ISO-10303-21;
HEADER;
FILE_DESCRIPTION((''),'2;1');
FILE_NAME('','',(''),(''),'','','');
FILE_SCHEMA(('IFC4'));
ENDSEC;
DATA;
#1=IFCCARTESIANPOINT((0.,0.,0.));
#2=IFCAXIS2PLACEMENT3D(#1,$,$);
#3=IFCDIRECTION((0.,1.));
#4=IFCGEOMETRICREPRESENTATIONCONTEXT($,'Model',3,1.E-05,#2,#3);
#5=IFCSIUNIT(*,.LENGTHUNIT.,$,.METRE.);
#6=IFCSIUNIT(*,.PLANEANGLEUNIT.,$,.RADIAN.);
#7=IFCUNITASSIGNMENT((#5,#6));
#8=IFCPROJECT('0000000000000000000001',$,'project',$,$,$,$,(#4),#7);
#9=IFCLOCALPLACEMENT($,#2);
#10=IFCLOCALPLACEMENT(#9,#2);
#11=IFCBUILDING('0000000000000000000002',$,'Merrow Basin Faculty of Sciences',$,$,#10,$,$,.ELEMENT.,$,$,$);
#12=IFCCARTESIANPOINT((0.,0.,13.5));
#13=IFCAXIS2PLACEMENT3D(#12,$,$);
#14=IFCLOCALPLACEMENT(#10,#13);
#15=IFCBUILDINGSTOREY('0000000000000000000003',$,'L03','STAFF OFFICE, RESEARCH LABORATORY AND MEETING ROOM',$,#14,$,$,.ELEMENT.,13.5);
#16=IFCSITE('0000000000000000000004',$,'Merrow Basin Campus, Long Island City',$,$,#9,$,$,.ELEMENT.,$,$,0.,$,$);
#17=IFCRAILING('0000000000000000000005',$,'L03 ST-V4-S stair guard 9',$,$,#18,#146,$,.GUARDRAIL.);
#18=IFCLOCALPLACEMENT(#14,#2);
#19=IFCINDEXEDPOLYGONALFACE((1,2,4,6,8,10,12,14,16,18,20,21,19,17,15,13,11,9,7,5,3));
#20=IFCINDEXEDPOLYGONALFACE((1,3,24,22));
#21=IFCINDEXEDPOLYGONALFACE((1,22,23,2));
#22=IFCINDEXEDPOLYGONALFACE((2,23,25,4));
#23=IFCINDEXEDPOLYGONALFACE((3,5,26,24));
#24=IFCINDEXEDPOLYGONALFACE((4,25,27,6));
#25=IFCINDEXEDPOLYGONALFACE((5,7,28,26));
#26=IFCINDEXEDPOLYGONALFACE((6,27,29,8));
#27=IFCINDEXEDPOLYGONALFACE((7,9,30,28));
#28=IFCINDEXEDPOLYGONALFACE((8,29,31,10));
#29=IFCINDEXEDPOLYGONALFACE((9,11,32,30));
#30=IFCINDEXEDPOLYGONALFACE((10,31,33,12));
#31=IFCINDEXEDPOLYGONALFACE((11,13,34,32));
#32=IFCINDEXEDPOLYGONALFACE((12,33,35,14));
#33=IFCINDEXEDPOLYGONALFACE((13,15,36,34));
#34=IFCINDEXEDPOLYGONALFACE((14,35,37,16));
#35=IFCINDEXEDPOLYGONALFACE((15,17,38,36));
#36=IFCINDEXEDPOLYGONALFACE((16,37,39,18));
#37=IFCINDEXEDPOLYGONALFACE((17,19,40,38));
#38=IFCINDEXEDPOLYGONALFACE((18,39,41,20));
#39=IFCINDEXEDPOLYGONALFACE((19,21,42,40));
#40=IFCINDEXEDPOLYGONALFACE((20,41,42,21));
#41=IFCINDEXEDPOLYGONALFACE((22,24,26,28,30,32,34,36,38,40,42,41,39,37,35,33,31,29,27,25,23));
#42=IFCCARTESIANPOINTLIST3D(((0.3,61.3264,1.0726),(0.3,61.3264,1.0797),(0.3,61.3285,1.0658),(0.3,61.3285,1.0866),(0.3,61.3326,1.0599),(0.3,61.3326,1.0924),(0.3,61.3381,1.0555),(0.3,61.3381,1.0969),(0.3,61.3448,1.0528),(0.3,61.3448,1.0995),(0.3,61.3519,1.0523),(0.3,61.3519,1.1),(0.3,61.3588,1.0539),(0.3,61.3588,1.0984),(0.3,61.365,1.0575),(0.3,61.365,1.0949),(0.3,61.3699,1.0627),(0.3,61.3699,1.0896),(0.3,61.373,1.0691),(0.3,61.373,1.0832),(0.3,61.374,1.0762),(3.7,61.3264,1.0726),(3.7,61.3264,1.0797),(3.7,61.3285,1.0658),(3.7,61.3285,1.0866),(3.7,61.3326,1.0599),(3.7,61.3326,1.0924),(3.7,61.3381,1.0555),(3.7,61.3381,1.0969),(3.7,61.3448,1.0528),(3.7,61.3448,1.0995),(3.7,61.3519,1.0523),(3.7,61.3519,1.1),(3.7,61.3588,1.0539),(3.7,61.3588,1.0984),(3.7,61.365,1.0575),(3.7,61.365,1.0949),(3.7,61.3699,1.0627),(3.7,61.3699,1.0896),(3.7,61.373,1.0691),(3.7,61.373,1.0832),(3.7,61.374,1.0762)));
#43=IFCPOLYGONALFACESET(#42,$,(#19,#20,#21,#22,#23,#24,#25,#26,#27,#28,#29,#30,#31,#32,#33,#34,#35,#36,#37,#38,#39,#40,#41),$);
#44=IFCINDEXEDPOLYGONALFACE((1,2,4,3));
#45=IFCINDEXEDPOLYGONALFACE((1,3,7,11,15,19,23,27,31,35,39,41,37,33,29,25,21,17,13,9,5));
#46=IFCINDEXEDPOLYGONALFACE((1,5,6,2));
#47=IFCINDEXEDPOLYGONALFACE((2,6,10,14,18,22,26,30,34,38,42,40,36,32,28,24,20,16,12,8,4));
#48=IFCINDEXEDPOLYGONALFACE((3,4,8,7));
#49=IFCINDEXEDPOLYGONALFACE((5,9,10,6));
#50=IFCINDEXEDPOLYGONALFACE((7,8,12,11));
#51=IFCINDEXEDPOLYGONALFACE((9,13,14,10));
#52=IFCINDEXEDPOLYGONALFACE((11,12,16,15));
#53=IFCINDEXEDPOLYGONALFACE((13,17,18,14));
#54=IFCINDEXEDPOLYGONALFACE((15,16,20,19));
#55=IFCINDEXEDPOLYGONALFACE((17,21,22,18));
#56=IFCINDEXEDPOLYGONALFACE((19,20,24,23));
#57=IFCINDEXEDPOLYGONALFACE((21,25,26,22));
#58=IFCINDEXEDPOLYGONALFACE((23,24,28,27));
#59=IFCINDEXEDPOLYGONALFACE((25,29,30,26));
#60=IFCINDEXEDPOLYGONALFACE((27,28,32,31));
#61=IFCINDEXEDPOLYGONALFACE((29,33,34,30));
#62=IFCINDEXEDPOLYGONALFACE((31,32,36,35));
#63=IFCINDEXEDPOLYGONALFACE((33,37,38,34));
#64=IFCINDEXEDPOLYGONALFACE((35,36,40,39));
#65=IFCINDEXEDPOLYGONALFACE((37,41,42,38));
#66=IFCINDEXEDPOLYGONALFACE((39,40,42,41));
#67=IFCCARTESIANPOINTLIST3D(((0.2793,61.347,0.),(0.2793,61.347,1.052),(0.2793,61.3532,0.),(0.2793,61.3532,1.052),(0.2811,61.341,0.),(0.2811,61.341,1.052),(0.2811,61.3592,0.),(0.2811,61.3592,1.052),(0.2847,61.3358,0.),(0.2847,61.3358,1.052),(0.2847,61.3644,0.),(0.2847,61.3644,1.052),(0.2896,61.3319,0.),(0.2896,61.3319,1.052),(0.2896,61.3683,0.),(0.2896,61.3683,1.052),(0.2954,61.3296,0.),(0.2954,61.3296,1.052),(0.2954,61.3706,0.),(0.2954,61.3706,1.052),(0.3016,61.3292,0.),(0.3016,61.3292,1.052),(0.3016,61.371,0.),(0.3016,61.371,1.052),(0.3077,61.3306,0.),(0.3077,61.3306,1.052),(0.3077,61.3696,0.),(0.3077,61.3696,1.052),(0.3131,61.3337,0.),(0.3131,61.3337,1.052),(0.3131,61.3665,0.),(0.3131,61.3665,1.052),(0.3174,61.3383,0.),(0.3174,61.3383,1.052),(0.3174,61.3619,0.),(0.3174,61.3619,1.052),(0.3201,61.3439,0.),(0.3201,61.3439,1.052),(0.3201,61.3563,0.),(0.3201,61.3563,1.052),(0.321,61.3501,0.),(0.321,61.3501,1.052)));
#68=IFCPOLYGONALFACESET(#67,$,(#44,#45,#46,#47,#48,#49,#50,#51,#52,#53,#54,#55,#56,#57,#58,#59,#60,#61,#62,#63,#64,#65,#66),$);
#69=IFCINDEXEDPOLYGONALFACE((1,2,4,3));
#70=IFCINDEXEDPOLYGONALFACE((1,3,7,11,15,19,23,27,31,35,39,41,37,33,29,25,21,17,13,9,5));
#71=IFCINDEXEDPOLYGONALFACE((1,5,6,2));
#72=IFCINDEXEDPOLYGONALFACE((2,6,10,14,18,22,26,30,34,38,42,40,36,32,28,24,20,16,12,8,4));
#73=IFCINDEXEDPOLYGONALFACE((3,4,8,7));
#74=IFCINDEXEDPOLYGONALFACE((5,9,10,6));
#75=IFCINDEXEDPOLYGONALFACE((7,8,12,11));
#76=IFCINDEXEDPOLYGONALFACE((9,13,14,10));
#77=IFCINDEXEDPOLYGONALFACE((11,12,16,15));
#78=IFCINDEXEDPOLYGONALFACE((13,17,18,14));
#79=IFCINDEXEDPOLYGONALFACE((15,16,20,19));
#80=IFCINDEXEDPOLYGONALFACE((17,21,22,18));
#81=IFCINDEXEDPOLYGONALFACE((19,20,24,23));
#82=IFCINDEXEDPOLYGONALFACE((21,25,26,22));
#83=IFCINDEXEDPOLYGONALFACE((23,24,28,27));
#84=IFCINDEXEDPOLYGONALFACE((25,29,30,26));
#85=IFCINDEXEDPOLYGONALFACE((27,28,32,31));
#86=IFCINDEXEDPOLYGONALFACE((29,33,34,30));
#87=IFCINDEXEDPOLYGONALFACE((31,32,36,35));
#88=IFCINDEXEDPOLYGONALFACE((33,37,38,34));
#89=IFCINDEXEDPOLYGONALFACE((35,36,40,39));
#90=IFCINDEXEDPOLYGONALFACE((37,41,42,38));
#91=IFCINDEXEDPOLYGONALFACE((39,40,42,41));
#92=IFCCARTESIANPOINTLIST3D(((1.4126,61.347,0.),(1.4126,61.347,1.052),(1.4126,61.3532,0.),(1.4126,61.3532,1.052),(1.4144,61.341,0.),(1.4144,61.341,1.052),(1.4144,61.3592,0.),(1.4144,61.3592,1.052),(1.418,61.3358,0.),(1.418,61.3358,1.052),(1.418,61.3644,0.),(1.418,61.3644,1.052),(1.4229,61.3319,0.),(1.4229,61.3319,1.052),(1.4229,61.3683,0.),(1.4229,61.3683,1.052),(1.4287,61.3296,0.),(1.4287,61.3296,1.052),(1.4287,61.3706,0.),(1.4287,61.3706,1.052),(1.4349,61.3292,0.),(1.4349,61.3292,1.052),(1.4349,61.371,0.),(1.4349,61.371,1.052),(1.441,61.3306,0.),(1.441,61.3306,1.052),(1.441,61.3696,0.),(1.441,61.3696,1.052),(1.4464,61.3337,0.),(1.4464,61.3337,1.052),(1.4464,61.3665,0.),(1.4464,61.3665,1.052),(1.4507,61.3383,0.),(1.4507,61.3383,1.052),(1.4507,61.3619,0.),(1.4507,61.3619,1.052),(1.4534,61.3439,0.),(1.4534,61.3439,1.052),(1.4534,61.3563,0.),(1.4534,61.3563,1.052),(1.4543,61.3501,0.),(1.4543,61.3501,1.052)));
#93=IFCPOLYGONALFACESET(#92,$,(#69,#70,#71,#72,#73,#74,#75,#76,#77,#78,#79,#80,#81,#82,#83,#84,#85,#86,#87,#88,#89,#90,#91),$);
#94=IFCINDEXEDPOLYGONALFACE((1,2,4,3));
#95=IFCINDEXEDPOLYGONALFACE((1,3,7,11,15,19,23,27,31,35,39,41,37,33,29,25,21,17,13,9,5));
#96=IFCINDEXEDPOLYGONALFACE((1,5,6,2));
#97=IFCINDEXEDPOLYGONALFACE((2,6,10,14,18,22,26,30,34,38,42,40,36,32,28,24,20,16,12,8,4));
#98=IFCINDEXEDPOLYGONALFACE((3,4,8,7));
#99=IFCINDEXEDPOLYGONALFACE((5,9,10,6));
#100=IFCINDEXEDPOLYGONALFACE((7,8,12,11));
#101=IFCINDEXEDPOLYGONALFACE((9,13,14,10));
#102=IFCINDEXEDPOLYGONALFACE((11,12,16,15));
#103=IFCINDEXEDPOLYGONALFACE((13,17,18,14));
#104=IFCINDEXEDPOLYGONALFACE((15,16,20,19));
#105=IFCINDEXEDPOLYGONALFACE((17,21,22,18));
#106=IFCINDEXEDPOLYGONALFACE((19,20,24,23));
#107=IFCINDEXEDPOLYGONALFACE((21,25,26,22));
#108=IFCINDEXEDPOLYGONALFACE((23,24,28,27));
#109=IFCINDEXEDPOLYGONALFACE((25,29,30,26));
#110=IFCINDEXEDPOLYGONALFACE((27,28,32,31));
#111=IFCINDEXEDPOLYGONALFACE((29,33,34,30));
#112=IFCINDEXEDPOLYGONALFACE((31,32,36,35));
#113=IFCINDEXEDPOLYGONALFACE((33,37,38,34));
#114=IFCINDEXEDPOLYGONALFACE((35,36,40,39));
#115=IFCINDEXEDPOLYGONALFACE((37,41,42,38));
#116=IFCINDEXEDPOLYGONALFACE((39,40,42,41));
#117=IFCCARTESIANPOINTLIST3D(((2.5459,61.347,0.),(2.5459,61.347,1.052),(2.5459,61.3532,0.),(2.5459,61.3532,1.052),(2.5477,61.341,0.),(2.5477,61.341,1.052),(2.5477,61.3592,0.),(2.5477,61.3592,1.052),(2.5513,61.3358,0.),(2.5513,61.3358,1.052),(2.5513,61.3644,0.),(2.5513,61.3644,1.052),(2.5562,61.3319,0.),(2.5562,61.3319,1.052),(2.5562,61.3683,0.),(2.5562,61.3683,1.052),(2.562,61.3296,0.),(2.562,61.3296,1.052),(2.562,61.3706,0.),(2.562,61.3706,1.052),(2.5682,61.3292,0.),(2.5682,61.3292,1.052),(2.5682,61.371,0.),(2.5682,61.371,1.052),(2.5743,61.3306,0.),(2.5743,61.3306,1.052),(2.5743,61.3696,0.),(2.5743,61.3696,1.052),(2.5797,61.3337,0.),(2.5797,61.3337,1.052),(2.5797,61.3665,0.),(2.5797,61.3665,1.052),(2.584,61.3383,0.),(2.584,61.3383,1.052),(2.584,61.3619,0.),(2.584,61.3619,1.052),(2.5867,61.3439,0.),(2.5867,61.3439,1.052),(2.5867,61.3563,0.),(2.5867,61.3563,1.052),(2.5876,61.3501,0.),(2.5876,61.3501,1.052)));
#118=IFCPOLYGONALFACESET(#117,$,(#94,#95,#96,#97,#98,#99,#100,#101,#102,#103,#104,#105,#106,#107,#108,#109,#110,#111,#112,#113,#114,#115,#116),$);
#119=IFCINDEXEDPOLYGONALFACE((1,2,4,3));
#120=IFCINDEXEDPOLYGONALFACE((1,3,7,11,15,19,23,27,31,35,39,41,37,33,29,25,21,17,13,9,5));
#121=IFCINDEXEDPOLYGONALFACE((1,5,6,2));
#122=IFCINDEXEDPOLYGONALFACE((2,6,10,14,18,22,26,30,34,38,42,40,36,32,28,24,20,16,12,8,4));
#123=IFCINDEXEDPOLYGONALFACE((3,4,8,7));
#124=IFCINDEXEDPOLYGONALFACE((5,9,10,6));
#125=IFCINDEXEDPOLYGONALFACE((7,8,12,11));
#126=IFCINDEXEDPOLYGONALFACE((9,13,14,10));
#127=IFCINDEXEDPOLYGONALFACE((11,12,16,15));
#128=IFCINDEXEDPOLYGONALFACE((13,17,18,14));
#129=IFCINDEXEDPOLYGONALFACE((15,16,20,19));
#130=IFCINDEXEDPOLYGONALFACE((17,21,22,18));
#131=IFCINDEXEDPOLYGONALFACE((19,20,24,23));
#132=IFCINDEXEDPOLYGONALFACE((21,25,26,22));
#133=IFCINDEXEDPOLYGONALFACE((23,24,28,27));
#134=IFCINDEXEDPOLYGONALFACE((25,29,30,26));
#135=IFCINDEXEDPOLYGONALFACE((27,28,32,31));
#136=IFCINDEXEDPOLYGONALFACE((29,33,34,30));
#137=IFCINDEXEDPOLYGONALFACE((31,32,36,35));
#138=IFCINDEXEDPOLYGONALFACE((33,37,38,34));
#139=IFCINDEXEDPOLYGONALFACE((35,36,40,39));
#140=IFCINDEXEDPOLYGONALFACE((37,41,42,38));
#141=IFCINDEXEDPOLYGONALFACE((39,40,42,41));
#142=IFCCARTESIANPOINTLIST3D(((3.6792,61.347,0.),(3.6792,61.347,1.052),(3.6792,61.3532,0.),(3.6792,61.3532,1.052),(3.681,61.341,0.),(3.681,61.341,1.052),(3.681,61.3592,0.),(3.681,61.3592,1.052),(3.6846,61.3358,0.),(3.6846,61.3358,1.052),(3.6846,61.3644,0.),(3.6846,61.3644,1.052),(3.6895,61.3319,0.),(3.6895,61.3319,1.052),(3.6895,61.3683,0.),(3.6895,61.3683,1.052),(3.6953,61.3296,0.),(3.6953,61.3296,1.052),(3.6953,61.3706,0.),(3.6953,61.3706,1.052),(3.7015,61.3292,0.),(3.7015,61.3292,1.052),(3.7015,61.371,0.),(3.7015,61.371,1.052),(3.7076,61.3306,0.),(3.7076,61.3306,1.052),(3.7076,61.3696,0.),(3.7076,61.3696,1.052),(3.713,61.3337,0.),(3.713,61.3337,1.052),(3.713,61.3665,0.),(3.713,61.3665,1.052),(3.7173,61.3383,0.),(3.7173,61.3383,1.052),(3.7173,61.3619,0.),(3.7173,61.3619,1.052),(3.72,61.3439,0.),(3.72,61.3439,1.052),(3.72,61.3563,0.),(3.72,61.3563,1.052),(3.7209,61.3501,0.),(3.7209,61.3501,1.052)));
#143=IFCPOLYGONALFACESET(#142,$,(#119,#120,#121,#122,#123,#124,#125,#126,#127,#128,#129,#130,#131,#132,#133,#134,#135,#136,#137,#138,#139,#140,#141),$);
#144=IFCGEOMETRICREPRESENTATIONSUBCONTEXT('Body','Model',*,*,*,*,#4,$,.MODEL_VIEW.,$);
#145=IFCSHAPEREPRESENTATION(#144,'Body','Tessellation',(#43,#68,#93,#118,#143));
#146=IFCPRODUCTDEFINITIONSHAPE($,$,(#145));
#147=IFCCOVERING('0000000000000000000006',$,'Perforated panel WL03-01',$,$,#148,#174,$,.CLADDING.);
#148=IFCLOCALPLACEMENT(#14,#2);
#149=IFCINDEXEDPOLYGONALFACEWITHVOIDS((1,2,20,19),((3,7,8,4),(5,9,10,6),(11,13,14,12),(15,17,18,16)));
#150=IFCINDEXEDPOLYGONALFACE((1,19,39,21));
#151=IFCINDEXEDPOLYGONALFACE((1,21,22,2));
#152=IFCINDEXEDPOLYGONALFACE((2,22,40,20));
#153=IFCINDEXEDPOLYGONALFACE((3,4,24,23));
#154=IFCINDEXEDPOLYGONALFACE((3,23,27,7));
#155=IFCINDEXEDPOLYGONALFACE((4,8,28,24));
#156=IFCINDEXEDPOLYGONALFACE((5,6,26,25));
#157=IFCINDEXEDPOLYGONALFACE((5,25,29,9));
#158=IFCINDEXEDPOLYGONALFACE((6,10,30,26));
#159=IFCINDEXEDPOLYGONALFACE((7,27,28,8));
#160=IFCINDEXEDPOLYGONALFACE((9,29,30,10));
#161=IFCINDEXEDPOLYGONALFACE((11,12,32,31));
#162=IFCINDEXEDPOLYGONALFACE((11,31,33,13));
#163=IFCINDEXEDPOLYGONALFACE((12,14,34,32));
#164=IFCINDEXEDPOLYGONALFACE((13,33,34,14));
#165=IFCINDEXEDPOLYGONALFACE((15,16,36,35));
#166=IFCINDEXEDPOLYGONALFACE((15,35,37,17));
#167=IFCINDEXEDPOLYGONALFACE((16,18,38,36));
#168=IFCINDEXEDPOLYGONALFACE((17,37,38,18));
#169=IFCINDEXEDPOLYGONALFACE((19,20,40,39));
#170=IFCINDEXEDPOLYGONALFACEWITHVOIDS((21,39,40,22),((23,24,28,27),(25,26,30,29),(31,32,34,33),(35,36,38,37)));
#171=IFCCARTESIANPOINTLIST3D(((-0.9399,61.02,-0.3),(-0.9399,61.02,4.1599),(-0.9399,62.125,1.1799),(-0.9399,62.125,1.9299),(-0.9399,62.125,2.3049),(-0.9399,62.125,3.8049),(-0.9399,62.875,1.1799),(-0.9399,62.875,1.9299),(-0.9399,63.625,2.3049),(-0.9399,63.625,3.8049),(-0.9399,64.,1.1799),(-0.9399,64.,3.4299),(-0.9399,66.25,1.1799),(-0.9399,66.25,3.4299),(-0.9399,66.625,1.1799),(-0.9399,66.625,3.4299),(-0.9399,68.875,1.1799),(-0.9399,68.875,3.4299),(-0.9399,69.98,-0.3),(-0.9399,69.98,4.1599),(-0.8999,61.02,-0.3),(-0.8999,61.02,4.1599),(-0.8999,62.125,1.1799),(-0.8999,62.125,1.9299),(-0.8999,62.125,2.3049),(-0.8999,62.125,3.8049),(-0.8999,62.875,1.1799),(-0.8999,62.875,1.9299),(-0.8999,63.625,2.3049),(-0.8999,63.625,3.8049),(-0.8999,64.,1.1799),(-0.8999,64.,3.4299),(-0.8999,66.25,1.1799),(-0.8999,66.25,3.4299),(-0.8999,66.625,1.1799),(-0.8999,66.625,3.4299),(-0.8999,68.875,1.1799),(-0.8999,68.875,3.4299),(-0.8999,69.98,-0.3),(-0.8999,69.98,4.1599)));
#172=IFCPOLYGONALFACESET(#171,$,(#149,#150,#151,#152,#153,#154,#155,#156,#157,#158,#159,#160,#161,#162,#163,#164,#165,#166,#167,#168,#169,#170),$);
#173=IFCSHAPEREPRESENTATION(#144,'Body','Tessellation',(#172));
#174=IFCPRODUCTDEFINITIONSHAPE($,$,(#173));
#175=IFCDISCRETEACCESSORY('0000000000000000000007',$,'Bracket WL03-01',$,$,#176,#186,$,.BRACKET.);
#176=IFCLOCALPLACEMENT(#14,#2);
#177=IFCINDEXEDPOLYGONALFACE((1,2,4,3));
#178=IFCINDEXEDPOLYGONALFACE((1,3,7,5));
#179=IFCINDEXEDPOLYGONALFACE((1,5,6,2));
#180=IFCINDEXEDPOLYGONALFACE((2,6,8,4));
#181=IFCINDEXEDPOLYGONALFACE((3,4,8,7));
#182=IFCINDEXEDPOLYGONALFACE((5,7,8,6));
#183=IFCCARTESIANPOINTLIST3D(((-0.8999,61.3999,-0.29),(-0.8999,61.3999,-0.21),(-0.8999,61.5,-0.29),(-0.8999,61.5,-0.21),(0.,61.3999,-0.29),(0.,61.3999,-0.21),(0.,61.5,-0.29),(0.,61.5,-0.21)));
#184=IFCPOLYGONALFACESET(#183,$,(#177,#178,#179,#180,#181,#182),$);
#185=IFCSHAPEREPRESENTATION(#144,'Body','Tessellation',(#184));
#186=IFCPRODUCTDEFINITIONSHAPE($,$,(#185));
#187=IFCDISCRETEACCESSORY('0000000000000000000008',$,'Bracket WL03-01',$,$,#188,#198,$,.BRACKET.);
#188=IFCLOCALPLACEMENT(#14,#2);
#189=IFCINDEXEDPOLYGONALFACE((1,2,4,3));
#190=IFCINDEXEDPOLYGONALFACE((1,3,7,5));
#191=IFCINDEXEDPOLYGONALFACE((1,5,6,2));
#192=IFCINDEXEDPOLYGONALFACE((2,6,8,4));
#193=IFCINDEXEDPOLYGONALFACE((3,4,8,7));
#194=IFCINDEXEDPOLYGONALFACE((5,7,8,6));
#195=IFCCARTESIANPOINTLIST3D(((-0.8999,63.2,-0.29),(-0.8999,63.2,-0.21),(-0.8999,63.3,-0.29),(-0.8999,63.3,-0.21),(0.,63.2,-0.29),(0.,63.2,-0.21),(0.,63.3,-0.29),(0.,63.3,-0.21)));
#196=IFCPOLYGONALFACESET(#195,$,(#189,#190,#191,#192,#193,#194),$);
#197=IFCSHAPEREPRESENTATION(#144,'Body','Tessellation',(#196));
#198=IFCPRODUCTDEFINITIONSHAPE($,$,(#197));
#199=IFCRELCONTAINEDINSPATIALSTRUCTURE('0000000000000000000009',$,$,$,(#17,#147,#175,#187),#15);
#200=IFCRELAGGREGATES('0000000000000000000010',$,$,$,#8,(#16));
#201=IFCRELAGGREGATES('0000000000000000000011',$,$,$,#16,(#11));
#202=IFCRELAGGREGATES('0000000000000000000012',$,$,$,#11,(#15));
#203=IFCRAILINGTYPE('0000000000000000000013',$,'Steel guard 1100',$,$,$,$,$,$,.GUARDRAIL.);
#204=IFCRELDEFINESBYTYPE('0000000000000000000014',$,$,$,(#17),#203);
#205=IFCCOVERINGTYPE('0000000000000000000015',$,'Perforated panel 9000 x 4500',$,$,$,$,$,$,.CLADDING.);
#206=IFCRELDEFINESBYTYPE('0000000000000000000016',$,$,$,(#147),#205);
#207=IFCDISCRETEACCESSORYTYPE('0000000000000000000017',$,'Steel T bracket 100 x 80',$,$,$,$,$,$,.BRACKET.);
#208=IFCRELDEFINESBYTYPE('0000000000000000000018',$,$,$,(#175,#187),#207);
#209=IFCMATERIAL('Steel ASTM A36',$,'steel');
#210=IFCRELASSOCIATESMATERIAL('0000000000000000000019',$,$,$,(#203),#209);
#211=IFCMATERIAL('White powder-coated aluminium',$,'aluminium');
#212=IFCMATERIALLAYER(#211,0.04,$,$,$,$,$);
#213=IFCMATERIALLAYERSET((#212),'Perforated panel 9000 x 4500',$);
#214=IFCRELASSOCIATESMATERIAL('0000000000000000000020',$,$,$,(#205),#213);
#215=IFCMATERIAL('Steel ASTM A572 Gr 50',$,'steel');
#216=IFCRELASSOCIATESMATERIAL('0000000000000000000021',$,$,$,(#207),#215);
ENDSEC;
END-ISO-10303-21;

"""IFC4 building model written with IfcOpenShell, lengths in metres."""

from ifc_helpers import new_model, si_unit, direction, frame, origin, origin_2d, place, context, subcontext, project, spatial, polyline, circle, outline, extrude, source, transform, mapped, material, layer, layer_set, type_object, element, save


model = new_model("IFC4")

# Units and contexts
model_context = context("Model", 3, precision=1e-05, world=origin(), true_north=direction((0.0, 1.0)))
body_context = subcontext(model_context, "Body", "Model", "MODEL_VIEW")
ifc_project = project(units=[si_unit("LENGTHUNIT", "METRE"), si_unit("PLANEANGLEUNIT", "RADIAN")], contexts=[model_context])

# Site, building, storey
site_placement = place(None, origin())
site = spatial("IfcSite", under=ifc_project, at=site_placement, Name="Merrow Basin Campus, Long Island City", CompositionType="ELEMENT", RefElevation=0.0)
building_placement = place(site_placement, origin())
building = spatial("IfcBuilding", under=site, at=building_placement, Name="Merrow Basin Faculty of Sciences", CompositionType="ELEMENT")
storey_placement = place(building_placement, frame((0.0, 0.0, 13.5)))
storey = spatial("IfcBuildingStorey", under=building, at=storey_placement, Name="L03", Description="STAFF OFFICE, RESEARCH LABORATORY AND MEETING ROOM", CompositionType="ELEMENT", Elevation=13.5)

# Railing
ifc_material_1 = material(Name="Steel ASTM A36", Category="steel")
railing_type = type_object("IfcRailingType", Name="Steel guard 1100", PredefinedType="GUARDRAIL", material=ifc_material_1)
railing_1_placement = place(storey_placement, frame((0.3, 61.3501, 0.0)))
element("IfcRailing", 1, at=railing_1_placement, inside=storey, type_object=railing_type, Name="L03 ST-V4-S stair guard 9", PredefinedType="GUARDRAIL", context=body_context, shape_type="SweptSolid", body=[
    extrude(circle(Radius=0.0239, at=origin_2d()), frame((0.0, 0.0, 1.0762), z_axis=(1.0, 0.0, 0.0), x_axis=(0.0, 1.0, 0.0)), (0.0, 0.0, 1.0), 3.3999),
    extrude(circle(Radius=0.021, at=origin_2d()), origin(), (0.0, 0.0, 1.0), 1.052),
    extrude(circle(Radius=0.021, at=origin_2d()), frame((1.1333, 0.0, 0.0)), (0.0, 0.0, 1.0), 1.052),
    extrude(circle(Radius=0.021, at=origin_2d()), frame((2.2666, 0.0, 0.0)), (0.0, 0.0, 1.0), 1.052),
    extrude(circle(Radius=0.021, at=origin_2d()), frame((3.3999, 0.0, 0.0)), (0.0, 0.0, 1.0), 1.052),
])

# Covering
ifc_material_2 = material(Name="White powder-coated aluminium", Category="aluminium")
ifc_layer_1 = layer(ifc_material_2, 0.04)
ifc_layer_set_1 = layer_set([ifc_layer_1], Name="Perforated panel 9000 x 4500")
covering_type = type_object("IfcCoveringType", Name="Perforated panel 9000 x 4500", PredefinedType="CLADDING", material=ifc_layer_set_1)
shared_shape_1 = source(origin(), body_context, "Body", "SweptSolid", [
    extrude(outline(polyline([(0.02, 0.02), (8.98, 0.02), (8.98, 4.48), (0.02, 4.48), (0.02, 0.02)]), holes=[polyline([(1.125, 1.5), (1.875, 1.5), (1.875, 2.25), (1.125, 2.25), (1.125, 1.5)]), polyline([(3.0, 1.5), (5.25, 1.5), (5.25, 3.75), (3.0, 3.75), (3.0, 1.5)]), polyline([(5.625, 1.5), (7.875, 1.5), (7.875, 3.75), (5.625, 3.75), (5.625, 1.5)]), polyline([(1.125, 2.625), (2.625, 2.625), (2.625, 4.125), (1.125, 4.125), (1.125, 2.625)])]), origin(), (0.0, 0.0, 1.0), 0.04),
])
covering_placement = place(storey_placement, frame((-0.9399, 61.0, -0.3201), z_axis=(1.0, 0.0, 0.0), x_axis=(0.0, 1.0, 0.0)))
element("IfcCovering", 2, at=covering_placement, inside=storey, type_object=covering_type, Name="Perforated panel WL03-01", PredefinedType="CLADDING", context=body_context, shape_type="MappedRepresentation", body=[
    mapped(shared_shape_1, transform((0.0, 0.0, 0.0), scale=1.0)),
])

# Discrete accessories
ifc_material_3 = material(Name="Steel ASTM A572 Gr 50", Category="steel")
discrete_accessory_type = type_object("IfcDiscreteAccessoryType", Name="Steel T bracket 100 x 80", PredefinedType="BRACKET", material=ifc_material_3)
shared_shape_2 = source(origin(), body_context, "Body", "SweptSolid", [
    extrude(outline(polyline([(0.0, 0.0), (0.1001, 0.0), (0.1001, 0.0801), (0.0, 0.0801), (0.0, 0.0)])), origin(), (0.0, 0.0, 1.0), 0.8999),
])
for number, where, z_axis, x_axis, name in (
    (3, (-0.8999, 61.3999, -0.29), (1.0, 0.0, 0.0), (0.0, 1.0, 0.0), "Bracket WL03-01"),
    (4, (-0.8999, 63.2, -0.29), (1.0, 0.0, 0.0), (0.0, 1.0, 0.0), "Bracket WL03-01"),
):
    element("IfcDiscreteAccessory", number, at=place(storey_placement, frame(where, z_axis=z_axis, x_axis=x_axis)), inside=storey, type_object=discrete_accessory_type, Name=name, PredefinedType="BRACKET", context=body_context, shape_type="MappedRepresentation", body=[
        mapped(shared_shape_2, transform((0.0, 0.0, 0.0), scale=1.0)),
    ])

save(model, "model.ifc")
